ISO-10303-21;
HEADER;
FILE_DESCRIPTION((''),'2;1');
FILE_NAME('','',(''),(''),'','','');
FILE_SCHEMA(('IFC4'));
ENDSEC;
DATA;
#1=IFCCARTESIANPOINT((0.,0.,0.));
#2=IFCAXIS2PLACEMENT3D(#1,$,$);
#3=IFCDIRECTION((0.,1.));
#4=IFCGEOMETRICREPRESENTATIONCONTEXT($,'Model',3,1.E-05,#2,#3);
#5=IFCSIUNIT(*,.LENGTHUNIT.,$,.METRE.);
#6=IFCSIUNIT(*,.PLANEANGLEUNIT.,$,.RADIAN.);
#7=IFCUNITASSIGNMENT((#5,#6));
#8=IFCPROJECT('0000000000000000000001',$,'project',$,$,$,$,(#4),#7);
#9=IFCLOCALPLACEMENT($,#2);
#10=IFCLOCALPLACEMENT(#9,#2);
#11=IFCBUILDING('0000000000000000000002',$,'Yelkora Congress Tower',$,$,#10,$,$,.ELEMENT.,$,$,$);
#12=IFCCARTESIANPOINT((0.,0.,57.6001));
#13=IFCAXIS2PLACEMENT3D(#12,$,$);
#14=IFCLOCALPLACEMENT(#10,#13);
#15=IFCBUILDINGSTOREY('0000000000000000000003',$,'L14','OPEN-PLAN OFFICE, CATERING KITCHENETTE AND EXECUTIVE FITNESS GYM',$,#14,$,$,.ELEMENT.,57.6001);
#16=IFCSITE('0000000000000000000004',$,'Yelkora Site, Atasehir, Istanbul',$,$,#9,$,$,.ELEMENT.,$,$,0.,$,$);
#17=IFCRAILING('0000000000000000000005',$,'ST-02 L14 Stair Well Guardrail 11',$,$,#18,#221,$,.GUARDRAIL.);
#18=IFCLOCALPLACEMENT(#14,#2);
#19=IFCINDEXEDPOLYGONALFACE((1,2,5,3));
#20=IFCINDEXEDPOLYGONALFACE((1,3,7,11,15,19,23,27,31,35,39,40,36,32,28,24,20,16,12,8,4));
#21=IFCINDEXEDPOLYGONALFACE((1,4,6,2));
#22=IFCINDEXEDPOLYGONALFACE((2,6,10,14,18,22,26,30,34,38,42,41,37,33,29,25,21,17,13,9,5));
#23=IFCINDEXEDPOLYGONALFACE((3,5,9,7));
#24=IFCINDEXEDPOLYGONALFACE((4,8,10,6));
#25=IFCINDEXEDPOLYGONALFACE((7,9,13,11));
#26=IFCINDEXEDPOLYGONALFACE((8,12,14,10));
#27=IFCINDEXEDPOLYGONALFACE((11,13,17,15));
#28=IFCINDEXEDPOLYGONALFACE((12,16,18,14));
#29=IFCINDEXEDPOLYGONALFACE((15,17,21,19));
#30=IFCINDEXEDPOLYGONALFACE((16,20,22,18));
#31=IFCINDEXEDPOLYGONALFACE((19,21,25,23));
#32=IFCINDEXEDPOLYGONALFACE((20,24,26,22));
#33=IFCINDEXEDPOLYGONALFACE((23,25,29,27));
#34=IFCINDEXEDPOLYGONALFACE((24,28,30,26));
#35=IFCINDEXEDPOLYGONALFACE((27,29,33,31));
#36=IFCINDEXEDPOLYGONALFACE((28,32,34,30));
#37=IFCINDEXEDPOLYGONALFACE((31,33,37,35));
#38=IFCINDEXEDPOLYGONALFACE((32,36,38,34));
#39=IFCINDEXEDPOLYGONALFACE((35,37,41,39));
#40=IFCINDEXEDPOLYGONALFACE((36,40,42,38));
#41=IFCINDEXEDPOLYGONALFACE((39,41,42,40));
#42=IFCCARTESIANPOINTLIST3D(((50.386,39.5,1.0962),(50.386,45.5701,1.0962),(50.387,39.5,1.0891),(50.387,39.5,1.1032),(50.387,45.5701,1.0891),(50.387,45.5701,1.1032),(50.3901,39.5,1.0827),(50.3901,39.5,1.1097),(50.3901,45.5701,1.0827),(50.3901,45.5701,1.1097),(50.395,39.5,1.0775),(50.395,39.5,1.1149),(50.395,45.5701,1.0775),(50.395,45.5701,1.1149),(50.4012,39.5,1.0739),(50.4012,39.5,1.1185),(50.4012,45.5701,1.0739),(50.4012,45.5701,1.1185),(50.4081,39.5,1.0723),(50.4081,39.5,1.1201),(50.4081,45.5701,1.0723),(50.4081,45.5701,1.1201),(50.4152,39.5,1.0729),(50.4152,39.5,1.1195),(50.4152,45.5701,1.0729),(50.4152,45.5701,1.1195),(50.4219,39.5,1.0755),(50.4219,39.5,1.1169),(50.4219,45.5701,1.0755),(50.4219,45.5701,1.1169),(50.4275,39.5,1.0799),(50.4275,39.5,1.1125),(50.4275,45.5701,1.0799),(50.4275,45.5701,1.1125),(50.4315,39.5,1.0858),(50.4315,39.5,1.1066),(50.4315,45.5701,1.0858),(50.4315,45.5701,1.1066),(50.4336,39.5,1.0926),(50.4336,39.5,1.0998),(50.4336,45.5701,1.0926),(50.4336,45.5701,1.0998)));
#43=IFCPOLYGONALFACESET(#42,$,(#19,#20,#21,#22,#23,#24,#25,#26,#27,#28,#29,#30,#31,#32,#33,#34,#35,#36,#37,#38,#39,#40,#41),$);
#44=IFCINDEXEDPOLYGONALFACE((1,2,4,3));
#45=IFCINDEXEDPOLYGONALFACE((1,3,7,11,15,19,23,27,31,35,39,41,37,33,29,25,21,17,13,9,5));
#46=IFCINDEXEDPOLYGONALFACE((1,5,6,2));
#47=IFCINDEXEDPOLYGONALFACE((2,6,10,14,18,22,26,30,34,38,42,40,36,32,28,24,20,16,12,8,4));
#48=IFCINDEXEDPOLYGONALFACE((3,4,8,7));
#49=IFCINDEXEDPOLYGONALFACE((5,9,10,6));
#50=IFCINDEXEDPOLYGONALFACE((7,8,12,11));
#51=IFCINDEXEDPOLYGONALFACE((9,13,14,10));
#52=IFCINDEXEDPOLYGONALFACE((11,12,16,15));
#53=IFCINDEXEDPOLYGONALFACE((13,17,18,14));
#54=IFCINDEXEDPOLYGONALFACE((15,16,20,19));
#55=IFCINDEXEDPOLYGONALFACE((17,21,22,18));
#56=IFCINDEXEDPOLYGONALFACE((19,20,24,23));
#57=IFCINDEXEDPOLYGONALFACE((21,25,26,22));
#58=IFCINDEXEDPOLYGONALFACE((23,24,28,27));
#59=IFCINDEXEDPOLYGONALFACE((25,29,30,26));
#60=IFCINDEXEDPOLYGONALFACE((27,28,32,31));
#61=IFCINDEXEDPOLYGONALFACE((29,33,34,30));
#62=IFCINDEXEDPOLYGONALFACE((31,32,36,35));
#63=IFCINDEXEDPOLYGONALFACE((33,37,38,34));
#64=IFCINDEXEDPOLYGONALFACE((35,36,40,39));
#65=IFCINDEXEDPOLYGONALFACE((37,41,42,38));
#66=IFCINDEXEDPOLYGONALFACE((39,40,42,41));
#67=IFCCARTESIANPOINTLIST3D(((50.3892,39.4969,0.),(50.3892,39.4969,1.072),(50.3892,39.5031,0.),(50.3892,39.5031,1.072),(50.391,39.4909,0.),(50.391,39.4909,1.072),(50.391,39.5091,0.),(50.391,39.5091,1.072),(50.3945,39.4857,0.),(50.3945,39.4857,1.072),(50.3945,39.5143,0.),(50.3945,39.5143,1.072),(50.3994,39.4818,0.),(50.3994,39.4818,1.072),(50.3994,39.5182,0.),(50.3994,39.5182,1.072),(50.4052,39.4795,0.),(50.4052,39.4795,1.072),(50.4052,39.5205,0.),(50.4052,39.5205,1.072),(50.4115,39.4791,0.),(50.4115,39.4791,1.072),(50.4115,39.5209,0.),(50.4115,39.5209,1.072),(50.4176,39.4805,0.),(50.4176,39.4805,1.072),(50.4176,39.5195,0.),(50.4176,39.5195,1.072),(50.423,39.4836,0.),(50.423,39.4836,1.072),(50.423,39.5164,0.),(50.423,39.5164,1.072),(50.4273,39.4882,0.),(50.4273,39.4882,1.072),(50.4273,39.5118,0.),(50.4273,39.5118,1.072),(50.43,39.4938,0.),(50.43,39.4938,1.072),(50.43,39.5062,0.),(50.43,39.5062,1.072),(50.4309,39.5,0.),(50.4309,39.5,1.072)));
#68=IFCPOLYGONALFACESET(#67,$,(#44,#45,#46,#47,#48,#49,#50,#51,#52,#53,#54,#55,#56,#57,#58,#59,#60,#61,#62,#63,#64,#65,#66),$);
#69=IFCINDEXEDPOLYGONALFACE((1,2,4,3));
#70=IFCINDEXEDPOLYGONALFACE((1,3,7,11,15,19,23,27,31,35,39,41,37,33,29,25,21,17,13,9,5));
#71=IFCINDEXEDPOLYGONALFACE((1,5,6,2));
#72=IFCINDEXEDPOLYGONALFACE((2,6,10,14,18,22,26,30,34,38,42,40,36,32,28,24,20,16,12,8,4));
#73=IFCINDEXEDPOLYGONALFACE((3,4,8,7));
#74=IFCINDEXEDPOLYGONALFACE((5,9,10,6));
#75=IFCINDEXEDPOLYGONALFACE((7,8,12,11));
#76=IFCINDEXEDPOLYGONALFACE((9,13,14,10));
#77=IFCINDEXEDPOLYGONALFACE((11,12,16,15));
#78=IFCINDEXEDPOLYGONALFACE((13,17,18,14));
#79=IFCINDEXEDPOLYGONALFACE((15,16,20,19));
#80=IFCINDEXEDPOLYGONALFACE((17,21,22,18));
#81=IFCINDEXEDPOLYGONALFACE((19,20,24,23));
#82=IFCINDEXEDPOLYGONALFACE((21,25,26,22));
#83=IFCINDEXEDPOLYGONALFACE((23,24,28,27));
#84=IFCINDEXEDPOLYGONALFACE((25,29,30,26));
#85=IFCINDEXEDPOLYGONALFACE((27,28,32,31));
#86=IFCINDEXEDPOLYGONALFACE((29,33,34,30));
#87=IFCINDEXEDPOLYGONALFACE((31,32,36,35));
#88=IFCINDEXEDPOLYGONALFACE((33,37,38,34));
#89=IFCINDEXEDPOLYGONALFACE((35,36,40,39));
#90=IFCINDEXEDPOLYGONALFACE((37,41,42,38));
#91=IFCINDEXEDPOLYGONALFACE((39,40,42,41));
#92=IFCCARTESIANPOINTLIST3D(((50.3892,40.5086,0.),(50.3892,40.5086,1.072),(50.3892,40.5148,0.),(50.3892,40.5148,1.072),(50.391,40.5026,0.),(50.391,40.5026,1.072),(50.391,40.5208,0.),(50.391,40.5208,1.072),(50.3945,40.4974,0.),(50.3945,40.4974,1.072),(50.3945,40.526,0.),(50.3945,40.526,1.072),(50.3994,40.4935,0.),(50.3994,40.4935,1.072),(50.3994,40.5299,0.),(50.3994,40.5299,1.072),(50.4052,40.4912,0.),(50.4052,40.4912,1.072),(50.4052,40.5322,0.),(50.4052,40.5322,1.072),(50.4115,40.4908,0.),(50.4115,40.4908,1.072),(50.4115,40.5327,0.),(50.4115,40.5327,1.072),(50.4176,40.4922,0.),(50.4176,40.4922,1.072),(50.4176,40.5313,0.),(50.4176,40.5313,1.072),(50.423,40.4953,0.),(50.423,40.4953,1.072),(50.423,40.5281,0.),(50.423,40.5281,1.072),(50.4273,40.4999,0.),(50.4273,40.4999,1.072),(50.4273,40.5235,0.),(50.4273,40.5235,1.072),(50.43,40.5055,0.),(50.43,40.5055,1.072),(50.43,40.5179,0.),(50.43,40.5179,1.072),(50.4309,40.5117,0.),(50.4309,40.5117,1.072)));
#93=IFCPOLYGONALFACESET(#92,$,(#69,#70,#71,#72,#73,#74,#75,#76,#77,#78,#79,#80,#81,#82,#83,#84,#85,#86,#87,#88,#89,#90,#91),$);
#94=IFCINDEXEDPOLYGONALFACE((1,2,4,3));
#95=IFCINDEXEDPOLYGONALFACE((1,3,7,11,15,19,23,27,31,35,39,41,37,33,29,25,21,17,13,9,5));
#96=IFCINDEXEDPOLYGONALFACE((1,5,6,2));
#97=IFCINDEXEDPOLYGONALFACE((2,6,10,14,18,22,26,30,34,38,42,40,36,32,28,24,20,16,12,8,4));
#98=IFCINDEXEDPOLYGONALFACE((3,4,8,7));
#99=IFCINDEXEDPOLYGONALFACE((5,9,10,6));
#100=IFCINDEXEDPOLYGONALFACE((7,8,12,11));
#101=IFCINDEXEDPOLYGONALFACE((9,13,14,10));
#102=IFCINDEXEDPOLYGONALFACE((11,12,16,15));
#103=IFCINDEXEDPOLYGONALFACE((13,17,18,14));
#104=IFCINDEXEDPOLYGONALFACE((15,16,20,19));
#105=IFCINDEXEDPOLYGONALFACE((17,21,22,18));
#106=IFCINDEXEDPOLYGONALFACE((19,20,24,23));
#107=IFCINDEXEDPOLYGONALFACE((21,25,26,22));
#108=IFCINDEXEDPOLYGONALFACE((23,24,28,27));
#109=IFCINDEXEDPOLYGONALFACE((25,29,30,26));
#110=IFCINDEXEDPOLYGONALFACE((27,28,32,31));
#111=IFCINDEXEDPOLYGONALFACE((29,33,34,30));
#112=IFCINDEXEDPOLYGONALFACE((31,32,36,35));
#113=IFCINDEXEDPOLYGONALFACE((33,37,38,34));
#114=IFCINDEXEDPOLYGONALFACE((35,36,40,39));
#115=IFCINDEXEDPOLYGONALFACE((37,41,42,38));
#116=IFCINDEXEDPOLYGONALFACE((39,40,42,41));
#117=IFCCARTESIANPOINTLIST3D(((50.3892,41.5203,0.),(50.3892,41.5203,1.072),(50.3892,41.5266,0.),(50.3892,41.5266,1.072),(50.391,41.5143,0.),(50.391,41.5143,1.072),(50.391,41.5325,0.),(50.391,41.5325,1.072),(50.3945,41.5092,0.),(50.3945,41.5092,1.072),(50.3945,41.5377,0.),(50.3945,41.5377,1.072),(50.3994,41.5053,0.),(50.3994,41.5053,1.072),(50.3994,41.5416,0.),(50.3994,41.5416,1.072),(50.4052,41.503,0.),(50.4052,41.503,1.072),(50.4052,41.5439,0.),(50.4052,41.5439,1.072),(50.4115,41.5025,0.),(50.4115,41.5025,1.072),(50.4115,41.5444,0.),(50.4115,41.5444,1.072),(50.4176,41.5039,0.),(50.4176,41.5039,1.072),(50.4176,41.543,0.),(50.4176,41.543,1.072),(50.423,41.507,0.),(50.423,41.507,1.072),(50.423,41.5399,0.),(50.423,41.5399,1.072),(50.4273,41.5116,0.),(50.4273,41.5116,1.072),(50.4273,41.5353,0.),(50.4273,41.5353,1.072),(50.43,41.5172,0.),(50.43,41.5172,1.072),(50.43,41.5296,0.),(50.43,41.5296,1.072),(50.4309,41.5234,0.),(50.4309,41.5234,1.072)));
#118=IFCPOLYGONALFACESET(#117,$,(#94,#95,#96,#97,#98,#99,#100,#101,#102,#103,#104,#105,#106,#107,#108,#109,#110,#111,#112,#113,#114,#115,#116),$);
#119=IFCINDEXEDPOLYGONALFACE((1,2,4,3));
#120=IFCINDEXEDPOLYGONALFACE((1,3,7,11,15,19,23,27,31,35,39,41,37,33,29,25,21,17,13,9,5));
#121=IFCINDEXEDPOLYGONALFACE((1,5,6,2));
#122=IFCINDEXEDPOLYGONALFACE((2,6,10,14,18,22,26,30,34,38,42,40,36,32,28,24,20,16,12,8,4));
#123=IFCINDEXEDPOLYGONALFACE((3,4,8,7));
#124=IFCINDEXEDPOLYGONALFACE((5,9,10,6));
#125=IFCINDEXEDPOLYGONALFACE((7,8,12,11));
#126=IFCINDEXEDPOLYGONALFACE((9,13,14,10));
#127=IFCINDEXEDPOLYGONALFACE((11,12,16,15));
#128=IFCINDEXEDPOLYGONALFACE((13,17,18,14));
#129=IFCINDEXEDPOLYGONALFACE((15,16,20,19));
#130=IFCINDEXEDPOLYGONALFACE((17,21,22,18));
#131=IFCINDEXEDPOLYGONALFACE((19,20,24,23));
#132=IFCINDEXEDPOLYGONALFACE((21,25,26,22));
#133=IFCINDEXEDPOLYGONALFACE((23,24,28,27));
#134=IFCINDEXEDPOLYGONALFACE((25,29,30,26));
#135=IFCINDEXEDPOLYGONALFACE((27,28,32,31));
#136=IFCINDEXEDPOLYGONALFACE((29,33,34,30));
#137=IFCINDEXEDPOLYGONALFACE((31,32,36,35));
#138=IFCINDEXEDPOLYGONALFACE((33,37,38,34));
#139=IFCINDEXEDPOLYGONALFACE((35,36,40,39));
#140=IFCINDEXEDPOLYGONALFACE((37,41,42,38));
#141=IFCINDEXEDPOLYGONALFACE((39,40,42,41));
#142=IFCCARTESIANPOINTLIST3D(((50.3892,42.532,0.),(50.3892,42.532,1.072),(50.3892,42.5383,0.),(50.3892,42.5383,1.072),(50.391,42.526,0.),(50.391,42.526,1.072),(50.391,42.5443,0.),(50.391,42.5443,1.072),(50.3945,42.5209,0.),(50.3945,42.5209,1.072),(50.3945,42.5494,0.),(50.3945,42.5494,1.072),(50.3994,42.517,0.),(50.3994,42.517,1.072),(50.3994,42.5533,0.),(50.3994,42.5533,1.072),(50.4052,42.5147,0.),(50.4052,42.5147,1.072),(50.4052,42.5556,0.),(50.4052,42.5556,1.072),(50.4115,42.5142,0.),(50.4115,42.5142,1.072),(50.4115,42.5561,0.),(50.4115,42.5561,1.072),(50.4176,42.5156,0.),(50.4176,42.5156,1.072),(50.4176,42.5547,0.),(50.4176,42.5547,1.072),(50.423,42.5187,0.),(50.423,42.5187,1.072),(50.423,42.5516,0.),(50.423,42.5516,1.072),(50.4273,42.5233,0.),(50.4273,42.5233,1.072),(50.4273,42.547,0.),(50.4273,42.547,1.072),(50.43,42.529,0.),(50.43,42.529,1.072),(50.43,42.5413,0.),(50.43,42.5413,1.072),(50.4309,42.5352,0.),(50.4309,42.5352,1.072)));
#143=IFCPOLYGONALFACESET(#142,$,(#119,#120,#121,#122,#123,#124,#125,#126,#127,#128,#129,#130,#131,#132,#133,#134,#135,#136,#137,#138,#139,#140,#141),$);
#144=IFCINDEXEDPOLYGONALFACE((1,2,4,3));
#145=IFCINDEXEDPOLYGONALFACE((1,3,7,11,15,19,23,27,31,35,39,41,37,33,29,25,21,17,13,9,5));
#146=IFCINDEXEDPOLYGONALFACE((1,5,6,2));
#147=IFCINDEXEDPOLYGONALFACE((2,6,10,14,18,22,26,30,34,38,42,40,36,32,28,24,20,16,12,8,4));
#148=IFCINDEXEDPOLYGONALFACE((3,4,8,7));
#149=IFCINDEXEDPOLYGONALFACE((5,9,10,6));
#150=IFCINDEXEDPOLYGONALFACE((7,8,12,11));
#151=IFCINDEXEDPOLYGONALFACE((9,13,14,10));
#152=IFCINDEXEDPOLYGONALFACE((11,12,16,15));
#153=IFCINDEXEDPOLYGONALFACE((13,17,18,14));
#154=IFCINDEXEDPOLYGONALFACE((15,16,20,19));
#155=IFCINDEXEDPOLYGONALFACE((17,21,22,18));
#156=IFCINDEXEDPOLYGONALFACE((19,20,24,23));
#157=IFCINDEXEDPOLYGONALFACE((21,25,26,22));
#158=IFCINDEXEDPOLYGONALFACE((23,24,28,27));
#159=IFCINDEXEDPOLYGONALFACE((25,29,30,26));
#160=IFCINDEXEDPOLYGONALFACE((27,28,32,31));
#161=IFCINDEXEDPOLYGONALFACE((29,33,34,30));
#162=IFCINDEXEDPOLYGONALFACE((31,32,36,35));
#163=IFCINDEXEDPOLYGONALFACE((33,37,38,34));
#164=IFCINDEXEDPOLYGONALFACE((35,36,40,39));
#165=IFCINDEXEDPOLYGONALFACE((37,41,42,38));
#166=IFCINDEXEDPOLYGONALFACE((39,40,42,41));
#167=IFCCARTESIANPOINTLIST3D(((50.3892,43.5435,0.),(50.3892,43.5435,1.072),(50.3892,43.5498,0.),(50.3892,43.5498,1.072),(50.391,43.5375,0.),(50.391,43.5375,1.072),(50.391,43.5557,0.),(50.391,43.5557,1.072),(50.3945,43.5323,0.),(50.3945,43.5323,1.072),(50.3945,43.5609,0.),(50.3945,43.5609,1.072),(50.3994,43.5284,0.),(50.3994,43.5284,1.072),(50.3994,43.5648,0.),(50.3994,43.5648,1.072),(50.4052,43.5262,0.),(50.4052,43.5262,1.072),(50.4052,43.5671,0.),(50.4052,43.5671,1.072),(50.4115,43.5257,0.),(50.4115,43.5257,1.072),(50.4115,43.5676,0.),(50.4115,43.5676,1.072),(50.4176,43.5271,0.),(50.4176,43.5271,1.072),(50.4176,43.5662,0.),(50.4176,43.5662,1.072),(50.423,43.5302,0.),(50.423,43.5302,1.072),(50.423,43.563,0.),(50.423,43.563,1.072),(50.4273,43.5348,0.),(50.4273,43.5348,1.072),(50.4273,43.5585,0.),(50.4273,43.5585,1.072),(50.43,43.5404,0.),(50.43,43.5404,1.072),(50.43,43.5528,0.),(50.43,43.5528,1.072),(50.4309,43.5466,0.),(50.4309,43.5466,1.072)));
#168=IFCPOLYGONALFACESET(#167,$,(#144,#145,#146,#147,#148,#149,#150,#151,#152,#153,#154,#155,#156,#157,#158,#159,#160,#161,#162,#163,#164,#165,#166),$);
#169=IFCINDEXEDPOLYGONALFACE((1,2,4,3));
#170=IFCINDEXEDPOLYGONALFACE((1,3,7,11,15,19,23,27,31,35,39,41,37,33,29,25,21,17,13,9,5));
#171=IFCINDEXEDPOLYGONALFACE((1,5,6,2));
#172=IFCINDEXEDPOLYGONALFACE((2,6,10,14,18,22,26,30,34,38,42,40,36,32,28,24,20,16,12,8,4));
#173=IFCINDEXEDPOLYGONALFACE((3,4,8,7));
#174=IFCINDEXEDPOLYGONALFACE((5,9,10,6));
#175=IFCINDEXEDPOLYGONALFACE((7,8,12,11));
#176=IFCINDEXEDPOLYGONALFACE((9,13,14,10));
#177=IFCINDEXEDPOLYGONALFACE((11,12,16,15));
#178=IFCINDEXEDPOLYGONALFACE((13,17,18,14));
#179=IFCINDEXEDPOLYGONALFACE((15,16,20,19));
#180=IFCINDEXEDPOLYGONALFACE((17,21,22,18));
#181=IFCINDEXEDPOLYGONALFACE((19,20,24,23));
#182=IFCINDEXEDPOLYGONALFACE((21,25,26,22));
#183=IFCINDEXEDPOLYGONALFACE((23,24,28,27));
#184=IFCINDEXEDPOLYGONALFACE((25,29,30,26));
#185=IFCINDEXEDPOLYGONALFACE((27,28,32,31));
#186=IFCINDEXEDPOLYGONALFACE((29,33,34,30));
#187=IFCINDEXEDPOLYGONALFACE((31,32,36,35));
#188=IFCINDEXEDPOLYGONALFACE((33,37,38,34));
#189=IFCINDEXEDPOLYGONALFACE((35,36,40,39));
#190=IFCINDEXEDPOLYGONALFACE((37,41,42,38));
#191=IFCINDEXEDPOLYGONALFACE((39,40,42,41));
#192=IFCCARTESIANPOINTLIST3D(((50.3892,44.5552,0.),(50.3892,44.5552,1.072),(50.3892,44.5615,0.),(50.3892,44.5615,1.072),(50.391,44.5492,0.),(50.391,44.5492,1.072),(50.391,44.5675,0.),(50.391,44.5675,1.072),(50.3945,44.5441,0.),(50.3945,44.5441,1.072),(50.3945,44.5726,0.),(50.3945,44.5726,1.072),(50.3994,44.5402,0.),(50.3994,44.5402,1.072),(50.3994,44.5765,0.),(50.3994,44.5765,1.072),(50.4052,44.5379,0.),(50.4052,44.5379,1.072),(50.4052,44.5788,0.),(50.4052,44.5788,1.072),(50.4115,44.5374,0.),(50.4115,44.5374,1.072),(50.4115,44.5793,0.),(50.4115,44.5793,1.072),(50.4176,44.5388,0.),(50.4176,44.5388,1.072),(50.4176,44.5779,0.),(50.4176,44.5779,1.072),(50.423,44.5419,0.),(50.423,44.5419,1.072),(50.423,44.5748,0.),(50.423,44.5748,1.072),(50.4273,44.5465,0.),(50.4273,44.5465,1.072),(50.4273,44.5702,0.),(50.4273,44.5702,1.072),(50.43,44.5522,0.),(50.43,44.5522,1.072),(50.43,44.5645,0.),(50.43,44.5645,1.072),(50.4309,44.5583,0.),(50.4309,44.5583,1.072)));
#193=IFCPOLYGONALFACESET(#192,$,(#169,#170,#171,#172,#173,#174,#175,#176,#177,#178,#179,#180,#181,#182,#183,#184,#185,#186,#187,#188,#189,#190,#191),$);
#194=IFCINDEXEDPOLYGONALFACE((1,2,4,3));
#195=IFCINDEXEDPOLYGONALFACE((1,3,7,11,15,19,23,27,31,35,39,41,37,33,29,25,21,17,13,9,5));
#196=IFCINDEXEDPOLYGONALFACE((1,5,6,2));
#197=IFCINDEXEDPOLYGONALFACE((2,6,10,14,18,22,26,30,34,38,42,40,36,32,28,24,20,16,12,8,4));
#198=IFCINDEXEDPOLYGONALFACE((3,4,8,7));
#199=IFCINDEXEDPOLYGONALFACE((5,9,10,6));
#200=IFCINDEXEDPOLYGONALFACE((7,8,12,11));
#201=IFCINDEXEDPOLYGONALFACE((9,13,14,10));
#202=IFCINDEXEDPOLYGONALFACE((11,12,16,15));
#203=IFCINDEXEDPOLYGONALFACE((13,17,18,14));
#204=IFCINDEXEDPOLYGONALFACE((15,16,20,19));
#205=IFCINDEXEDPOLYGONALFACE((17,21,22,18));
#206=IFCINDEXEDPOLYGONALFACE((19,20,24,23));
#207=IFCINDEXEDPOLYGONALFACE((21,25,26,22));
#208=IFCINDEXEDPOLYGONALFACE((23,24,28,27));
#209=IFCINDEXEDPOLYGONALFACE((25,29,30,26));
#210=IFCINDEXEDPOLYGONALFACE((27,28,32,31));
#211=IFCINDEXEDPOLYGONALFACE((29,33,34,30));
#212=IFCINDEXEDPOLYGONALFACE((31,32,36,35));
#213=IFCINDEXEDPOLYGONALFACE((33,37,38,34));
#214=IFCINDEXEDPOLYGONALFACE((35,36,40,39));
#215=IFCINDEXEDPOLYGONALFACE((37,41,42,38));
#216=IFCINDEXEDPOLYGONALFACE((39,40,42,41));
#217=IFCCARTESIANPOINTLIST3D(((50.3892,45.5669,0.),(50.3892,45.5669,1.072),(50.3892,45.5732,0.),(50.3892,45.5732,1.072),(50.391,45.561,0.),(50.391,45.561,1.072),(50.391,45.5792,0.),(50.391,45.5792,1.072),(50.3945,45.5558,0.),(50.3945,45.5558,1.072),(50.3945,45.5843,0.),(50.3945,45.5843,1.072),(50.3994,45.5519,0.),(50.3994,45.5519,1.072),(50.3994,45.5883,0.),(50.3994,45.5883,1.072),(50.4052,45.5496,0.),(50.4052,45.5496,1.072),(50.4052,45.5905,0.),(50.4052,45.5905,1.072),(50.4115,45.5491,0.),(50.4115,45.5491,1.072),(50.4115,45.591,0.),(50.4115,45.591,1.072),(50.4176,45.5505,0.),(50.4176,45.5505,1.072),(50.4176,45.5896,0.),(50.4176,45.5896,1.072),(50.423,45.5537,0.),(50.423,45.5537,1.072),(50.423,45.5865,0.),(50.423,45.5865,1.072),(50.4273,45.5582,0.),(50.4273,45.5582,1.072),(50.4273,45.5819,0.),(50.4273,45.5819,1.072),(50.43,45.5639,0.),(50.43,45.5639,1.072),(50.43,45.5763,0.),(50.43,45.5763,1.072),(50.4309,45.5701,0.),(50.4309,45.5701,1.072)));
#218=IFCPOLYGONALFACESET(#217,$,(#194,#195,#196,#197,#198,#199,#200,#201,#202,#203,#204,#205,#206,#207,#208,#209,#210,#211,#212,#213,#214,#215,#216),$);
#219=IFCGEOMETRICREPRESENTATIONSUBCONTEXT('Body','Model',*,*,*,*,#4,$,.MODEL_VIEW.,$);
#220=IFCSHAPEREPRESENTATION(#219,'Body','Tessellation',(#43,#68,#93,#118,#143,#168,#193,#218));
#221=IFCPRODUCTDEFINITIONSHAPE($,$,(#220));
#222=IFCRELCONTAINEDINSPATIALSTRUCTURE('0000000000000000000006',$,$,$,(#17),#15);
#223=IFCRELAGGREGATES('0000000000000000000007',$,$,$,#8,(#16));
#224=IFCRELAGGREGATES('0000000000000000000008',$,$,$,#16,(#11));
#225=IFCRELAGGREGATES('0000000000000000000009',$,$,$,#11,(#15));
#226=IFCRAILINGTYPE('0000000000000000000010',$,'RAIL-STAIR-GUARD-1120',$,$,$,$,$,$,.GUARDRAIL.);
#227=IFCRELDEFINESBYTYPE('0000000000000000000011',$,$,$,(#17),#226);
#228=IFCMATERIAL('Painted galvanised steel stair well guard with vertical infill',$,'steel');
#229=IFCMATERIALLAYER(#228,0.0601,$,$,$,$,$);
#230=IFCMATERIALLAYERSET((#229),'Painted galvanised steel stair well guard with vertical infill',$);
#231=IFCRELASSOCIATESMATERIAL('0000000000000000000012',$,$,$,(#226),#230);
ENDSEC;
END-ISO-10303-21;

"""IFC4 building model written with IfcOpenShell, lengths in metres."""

from ifc_helpers import new_model, si_unit, direction, frame, origin, origin_2d, place, context, subcontext, project, spatial, circle, extrude, material, layer, layer_set, type_object, element, save


model = new_model("IFC4")

# Units and contexts
model_context = context("Model", 3, precision=1e-05, world=origin(), true_north=direction((0.0, 1.0)))
body_context = subcontext(model_context, "Body", "Model", "MODEL_VIEW")
ifc_project = project(units=[si_unit("LENGTHUNIT", "METRE"), si_unit("PLANEANGLEUNIT", "RADIAN")], contexts=[model_context])

# Site, building, storey
site_placement = place(None, origin())
site = spatial("IfcSite", under=ifc_project, at=site_placement, Name="Yelkora Site, Atasehir, Istanbul", CompositionType="ELEMENT", RefElevation=0.0)
building_placement = place(site_placement, origin())
building = spatial("IfcBuilding", under=site, at=building_placement, Name="Yelkora Congress Tower", CompositionType="ELEMENT")
storey_placement = place(building_placement, frame((0.0, 0.0, 57.6001)))
storey = spatial("IfcBuildingStorey", under=building, at=storey_placement, Name="L14", Description="OPEN-PLAN OFFICE, CATERING KITCHENETTE AND EXECUTIVE FITNESS GYM", CompositionType="ELEMENT", Elevation=57.6001)

# Railing
ifc_material_1 = material(Name="Painted galvanised steel stair well guard with vertical infill", Category="steel")
ifc_layer_1 = layer(ifc_material_1, 0.0601)
ifc_layer_set_1 = layer_set([ifc_layer_1], Name="Painted galvanised steel stair well guard with vertical infill")
railing_type_1 = type_object("IfcRailingType", Name="RAIL-STAIR-GUARD-1120", PredefinedType="GUARDRAIL", material=ifc_layer_set_1)
railing_1_placement = place(storey_placement, frame((50.4099, 39.5, 0.0)))
element("IfcRailing", 1, at=railing_1_placement, inside=storey, type_object=railing_type_1, Name="ST-02 L14 Stair Well Guardrail 11", PredefinedType="GUARDRAIL", context=body_context, shape_type="SweptSolid", body=[
    extrude(circle(Radius=0.0239, at=origin_2d()), frame((0.0, 0.0, 1.0962), z_axis=(0.0, 1.0, 0.0), x_axis=(-1.0, 0.0, 0.0)), (0.0, 0.0, 1.0), 6.0701),
    extrude(circle(Radius=0.021, at=origin_2d()), origin(), (0.0, 0.0, 1.0), 1.072),
    extrude(circle(Radius=0.021, at=origin_2d()), frame((0.0, 1.0117, 0.0)), (0.0, 0.0, 1.0), 1.072),
    extrude(circle(Radius=0.021, at=origin_2d()), frame((0.0, 2.0234, 0.0)), (0.0, 0.0, 1.0), 1.072),
    extrude(circle(Radius=0.021, at=origin_2d()), frame((0.0, 3.0352, 0.0)), (0.0, 0.0, 1.0), 1.072),
    extrude(circle(Radius=0.021, at=origin_2d()), frame((0.0, 4.0466, 0.0)), (0.0, 0.0, 1.0), 1.072),
    extrude(circle(Radius=0.021, at=origin_2d()), frame((0.0, 5.0583, 0.0)), (0.0, 0.0, 1.0), 1.072),
    extrude(circle(Radius=0.021, at=origin_2d()), frame((0.0, 6.0701, 0.0)), (0.0, 0.0, 1.0), 1.072),
])

save(model, "model.ifc")
